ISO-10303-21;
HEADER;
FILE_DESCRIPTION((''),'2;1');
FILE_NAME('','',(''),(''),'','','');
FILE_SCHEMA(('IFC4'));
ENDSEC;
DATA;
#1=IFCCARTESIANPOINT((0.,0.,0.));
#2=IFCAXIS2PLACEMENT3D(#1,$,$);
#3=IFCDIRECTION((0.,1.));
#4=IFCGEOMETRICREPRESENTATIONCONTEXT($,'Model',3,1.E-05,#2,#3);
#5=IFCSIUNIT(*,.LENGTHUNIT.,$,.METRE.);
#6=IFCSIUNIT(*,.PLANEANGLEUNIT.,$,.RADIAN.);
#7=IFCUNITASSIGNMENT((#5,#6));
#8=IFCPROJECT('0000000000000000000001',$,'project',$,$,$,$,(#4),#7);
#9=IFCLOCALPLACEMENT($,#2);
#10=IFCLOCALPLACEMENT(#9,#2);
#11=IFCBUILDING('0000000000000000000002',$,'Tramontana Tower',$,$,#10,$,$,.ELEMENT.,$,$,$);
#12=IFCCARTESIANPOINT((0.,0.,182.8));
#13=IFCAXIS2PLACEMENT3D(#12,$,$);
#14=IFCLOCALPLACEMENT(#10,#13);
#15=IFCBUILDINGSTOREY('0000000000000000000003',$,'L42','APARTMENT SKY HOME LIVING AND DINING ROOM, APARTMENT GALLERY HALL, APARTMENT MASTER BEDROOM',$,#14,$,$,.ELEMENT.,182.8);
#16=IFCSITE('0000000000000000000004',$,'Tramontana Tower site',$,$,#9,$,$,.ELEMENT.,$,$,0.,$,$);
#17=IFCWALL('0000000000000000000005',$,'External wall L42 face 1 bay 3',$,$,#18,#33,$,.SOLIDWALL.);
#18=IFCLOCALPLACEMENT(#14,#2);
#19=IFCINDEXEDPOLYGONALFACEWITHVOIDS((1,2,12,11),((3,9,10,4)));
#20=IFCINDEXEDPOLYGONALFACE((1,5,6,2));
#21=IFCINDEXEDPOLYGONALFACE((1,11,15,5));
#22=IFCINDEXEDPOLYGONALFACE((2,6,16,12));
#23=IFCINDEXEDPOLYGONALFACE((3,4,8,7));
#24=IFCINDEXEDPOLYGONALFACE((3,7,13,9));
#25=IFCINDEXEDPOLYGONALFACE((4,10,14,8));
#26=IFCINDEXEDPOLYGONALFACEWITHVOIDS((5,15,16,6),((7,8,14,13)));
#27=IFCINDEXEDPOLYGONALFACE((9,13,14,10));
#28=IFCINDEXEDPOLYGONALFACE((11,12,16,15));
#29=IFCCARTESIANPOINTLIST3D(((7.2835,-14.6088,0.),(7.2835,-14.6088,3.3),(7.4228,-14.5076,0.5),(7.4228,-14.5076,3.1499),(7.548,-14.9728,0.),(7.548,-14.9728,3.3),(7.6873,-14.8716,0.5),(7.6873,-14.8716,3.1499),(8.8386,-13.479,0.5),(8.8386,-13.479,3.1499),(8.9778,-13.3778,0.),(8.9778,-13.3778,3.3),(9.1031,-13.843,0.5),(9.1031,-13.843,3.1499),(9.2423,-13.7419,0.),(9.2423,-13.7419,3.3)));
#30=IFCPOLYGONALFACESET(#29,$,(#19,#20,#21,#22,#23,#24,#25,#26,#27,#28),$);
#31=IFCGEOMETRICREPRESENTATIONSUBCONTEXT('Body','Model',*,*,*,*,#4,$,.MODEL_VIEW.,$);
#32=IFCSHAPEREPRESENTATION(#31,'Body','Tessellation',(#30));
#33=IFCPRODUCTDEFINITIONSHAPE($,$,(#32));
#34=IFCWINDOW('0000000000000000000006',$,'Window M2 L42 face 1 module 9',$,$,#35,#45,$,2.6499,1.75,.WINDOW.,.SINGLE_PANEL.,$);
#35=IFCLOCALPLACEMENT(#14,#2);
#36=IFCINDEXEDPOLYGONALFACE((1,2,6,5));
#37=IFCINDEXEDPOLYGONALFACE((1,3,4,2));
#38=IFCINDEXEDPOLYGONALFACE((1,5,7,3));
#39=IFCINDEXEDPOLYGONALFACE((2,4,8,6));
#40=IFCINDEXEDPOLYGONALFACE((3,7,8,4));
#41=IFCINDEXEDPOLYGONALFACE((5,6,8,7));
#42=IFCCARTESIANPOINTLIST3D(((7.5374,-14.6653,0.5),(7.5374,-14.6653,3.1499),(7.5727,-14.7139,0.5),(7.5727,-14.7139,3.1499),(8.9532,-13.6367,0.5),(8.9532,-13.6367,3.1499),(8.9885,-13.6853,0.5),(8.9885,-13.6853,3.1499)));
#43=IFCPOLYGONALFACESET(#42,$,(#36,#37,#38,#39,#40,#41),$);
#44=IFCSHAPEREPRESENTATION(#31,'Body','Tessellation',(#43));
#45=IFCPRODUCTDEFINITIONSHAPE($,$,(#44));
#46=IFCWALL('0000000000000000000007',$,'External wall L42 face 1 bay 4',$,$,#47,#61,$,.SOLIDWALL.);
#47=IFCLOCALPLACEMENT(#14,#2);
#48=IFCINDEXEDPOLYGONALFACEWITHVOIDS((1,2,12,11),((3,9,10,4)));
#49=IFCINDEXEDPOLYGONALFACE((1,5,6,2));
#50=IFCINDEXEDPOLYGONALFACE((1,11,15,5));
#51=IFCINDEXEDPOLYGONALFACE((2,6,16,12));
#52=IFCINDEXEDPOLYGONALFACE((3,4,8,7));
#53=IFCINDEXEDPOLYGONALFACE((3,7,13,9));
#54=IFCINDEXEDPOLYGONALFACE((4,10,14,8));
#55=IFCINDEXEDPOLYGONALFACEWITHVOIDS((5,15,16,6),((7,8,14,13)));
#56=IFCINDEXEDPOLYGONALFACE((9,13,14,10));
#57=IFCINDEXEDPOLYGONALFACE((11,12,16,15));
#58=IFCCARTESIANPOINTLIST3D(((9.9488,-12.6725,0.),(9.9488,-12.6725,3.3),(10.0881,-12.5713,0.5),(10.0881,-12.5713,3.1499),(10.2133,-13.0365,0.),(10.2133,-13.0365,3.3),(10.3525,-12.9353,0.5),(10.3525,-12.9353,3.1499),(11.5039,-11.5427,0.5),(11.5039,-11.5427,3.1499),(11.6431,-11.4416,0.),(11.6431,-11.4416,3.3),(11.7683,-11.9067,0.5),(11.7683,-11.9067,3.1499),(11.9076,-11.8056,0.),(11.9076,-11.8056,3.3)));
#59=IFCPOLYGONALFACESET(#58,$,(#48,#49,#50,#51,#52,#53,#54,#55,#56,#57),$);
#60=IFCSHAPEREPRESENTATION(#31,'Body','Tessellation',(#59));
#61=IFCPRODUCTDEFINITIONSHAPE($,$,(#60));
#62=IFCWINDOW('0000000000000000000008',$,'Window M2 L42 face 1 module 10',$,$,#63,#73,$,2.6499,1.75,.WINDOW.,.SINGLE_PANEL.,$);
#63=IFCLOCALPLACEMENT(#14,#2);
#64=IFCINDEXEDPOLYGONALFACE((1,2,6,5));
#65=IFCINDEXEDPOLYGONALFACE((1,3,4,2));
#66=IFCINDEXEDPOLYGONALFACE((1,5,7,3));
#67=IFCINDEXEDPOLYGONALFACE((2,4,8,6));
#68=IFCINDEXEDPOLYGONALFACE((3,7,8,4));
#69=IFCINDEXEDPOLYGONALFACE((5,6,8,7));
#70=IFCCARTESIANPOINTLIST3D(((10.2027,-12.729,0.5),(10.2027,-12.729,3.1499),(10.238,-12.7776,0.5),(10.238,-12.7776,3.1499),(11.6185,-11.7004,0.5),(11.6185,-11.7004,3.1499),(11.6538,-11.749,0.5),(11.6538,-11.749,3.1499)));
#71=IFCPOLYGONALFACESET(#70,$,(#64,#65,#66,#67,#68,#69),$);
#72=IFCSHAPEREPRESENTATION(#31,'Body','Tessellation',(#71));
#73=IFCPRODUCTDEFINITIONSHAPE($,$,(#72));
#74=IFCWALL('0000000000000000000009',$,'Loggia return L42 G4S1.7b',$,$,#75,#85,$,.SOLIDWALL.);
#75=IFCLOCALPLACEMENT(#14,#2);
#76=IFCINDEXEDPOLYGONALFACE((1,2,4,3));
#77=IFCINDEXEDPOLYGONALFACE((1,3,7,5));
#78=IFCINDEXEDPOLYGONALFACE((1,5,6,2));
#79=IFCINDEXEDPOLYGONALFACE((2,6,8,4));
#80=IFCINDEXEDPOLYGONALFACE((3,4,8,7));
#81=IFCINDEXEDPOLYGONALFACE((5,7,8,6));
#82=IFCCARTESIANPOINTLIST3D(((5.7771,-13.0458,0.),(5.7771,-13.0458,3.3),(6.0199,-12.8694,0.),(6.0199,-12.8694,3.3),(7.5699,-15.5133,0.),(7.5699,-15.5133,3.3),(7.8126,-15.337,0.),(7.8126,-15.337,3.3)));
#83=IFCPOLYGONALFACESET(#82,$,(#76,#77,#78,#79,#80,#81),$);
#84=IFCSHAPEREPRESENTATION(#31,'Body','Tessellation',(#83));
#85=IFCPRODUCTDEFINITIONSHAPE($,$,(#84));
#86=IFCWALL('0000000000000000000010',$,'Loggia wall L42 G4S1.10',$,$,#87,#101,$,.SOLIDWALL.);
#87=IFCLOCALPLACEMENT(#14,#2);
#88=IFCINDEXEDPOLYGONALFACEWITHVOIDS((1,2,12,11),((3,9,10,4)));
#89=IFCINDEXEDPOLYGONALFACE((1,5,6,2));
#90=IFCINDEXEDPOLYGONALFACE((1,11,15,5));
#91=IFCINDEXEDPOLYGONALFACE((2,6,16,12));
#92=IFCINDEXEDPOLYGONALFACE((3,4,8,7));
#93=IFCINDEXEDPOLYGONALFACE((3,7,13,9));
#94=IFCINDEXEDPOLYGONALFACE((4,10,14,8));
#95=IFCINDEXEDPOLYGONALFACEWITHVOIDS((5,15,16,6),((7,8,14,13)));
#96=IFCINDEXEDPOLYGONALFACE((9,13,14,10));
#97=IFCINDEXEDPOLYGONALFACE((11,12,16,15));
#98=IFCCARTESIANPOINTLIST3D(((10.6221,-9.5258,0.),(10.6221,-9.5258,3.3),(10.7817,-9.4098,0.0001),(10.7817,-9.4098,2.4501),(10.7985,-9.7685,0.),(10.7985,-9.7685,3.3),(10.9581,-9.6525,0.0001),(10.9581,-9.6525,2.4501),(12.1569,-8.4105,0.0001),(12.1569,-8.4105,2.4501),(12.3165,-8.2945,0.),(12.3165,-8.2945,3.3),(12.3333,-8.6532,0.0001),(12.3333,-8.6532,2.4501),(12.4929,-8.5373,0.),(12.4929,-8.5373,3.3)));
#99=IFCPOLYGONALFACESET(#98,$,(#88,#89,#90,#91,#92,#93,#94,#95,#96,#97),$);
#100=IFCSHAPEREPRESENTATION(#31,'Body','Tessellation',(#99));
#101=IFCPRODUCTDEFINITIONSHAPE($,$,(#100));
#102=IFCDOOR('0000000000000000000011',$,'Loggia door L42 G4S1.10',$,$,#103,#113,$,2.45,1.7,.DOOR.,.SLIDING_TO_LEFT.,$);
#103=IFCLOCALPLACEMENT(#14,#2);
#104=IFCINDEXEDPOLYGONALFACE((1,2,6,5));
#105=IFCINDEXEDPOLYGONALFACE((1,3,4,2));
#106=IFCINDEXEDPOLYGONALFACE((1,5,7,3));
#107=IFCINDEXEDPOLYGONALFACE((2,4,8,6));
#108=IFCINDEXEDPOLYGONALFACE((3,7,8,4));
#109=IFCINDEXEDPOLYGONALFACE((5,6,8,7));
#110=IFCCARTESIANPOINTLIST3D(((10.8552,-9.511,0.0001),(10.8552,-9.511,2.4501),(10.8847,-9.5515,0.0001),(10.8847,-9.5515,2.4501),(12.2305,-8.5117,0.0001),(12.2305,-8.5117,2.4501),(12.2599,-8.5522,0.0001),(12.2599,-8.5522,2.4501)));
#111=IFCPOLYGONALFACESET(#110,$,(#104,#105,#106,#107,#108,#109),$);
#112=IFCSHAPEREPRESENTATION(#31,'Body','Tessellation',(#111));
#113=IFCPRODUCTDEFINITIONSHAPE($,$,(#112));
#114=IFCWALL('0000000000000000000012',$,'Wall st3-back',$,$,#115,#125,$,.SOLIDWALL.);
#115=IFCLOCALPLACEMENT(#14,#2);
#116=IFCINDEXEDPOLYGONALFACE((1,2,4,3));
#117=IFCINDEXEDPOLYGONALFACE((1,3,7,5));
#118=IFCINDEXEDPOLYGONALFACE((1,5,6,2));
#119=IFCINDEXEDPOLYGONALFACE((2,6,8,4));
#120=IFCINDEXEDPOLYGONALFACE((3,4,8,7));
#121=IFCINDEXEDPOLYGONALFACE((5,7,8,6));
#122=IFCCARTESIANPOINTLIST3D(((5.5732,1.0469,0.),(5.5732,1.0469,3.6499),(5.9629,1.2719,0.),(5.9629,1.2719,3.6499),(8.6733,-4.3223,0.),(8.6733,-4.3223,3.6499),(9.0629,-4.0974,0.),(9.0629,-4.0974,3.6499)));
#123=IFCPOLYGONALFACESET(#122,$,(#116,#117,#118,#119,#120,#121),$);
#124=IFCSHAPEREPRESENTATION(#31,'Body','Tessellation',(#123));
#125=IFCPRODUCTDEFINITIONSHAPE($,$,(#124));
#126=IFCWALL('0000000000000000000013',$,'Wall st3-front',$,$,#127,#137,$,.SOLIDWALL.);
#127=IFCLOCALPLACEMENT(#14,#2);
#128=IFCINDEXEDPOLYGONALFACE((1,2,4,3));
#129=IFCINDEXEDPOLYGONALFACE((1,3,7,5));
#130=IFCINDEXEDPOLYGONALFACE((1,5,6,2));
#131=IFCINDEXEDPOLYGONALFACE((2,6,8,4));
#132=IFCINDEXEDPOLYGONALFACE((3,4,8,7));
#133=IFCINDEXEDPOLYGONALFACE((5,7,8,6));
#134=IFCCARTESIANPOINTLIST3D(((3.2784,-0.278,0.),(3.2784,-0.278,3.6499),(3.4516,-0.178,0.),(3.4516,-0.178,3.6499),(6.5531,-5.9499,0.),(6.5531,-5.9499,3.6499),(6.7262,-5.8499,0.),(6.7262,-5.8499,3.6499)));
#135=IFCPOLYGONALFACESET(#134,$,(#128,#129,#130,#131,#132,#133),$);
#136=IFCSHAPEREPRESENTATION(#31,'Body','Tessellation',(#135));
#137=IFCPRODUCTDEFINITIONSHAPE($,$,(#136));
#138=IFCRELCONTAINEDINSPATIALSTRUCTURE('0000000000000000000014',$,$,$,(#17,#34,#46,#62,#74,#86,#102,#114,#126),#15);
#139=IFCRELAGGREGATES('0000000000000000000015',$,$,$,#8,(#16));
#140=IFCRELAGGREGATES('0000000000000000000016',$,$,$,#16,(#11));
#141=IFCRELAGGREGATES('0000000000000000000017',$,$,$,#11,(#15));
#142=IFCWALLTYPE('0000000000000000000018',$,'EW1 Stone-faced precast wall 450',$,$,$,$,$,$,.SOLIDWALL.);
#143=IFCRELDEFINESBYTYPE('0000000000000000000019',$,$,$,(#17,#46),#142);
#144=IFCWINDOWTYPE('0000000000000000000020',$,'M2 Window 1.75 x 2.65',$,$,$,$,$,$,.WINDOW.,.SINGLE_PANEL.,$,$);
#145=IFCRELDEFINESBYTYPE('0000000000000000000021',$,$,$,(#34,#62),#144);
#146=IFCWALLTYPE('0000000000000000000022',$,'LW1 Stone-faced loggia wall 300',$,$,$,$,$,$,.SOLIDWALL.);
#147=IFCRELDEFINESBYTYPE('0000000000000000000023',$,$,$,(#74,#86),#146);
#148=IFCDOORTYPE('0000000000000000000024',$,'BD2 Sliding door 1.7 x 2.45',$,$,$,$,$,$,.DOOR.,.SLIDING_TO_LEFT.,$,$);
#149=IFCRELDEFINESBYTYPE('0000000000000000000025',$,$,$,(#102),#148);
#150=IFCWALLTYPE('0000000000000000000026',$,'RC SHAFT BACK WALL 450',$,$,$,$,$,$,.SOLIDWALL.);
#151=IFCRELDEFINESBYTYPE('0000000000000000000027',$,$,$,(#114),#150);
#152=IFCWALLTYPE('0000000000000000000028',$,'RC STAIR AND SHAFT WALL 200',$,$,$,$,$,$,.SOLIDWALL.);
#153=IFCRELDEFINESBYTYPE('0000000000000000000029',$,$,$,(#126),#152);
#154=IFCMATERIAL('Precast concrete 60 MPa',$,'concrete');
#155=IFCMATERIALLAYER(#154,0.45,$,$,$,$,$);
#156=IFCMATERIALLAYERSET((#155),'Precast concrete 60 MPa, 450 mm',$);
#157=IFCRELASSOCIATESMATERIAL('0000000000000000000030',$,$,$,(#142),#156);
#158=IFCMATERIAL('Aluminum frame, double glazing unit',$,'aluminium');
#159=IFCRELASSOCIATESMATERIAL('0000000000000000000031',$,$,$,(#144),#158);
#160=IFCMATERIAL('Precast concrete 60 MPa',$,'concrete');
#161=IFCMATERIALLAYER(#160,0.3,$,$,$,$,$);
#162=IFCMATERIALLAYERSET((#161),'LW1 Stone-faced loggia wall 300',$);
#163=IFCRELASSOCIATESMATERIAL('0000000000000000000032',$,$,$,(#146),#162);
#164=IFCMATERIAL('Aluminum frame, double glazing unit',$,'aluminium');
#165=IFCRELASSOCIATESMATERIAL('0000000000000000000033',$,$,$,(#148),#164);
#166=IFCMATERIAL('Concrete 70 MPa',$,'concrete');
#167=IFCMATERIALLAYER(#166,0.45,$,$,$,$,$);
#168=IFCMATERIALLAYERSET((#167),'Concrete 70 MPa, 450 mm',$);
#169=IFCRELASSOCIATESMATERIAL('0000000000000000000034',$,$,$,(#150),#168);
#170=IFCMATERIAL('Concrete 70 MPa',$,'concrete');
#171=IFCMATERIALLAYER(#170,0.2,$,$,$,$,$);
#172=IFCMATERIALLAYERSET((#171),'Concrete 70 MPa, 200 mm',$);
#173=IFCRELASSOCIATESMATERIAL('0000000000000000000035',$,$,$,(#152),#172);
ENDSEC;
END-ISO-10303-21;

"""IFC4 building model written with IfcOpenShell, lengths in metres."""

from ifc_helpers import new_model, si_unit, direction, frame, frame_2d, origin, place, context, subcontext, project, spatial, rectangle, extrude, material, layer, layer_set, type_object, element, fill, save


model = new_model("IFC4")

# Units and contexts
model_context = context("Model", 3, precision=1e-05, world=origin(), true_north=direction((0.0, 1.0)))
body_context = subcontext(model_context, "Body", "Model", "MODEL_VIEW")
ifc_project = project(units=[si_unit("LENGTHUNIT", "METRE"), si_unit("PLANEANGLEUNIT", "RADIAN")], contexts=[model_context])

# Site, building, storey
site_placement = place(None, origin())
site = spatial("IfcSite", under=ifc_project, at=site_placement, Name="Tramontana Tower site", CompositionType="ELEMENT", RefElevation=0.0)
building_placement = place(site_placement, origin())
building = spatial("IfcBuilding", under=site, at=building_placement, Name="Tramontana Tower", CompositionType="ELEMENT")
storey_placement = place(building_placement, frame((0.0, 0.0, 182.8)))
storey = spatial("IfcBuildingStorey", under=building, at=storey_placement, Name="L42", Description="APARTMENT SKY HOME LIVING AND DINING ROOM, APARTMENT GALLERY HALL, APARTMENT MASTER BEDROOM", CompositionType="ELEMENT", Elevation=182.8)

# Walls, openings, windows
ifc_material_1 = material(Name="Precast concrete 60 MPa", Category="concrete")
ifc_layer_1 = layer(ifc_material_1, 0.45)
ifc_layer_set_1 = layer_set([ifc_layer_1], Name="Precast concrete 60 MPa, 450 mm")
wall_type_1 = type_object("IfcWallType", Name="EW1 Stone-faced precast wall 450", PredefinedType="SOLIDWALL", material=ifc_layer_set_1)
wall_1_placement = place(storey_placement, frame((7.4158, -14.7908, 0.0), z_axis=(0.0, 0.0, 1.0), x_axis=(0.809028, 0.58777, 0.0)))
wall_1 = element("IfcWall", 1, at=wall_1_placement, inside=storey, type_object=wall_type_1, Name="External wall L42 face 1 bay 3", PredefinedType="SOLIDWALL", context=body_context, shape_type="SweptSolid", body=[
    extrude(rectangle(XDim=2.0942, YDim=0.45, at=frame_2d((1.0471, 0.0))), origin(), (0.0, 0.0, 1.0), 3.3),
])
opening_1_placement = place(wall_1_placement, frame((0.1721, 0.0, 0.5)))
opening_1 = element("IfcOpeningElement", 2, at=opening_1_placement, cuts=wall_1, PredefinedType="OPENING", context=body_context, shape_type="SweptSolid", body=[
    extrude(rectangle(XDim=1.75, YDim=2.6499, at=frame_2d((0.875, 1.325))), frame((0.0, 0.2349, 0.0), z_axis=(0.0, -1.0, 0.0), x_axis=(1.0, 0.0, 0.0)), (0.0, 0.0, 1.0), 0.47),
])
ifc_material_2 = material(Name="Aluminum frame, double glazing unit", Category="aluminium")
window_type = type_object("IfcWindowType", Name="M2 Window 1.75 x 2.65", PartitioningType="SINGLE_PANEL", PredefinedType="WINDOW", material=ifc_material_2)
window_1_placement = place(opening_1_placement, origin())
window_1 = element("IfcWindow", 3, at=window_1_placement, inside=storey, type_object=window_type, Name="Window M2 L42 face 1 module 9", OverallHeight=2.6499, OverallWidth=1.75, PartitioningType="SINGLE_PANEL", PredefinedType="WINDOW", context=body_context, shape_type="SweptSolid", body=[
    extrude(rectangle(XDim=1.75, YDim=2.6499, at=frame_2d((0.875, 1.325))), frame((0.0, 0.03, 0.0), z_axis=(0.0, -1.0, 0.0), x_axis=(1.0, 0.0, 0.0)), (0.0, 0.0, 1.0), 0.0601),
])
fill(opening_1, window_1)
wall_2_placement = place(storey_placement, frame((10.0811, -12.8545, 0.0), z_axis=(0.0, 0.0, 1.0), x_axis=(0.809028, 0.58777, 0.0)))
wall_2 = element("IfcWall", 4, at=wall_2_placement, inside=storey, type_object=wall_type_1, Name="External wall L42 face 1 bay 4", PredefinedType="SOLIDWALL", context=body_context, shape_type="SweptSolid", body=[
    extrude(rectangle(XDim=2.0942, YDim=0.45, at=frame_2d((1.0471, 0.0))), origin(), (0.0, 0.0, 1.0), 3.3),
])
opening_2_placement = place(wall_2_placement, frame((0.1721, 0.0, 0.5)))
opening_2 = element("IfcOpeningElement", 5, at=opening_2_placement, cuts=wall_2, PredefinedType="OPENING", context=body_context, shape_type="SweptSolid", body=[
    extrude(rectangle(XDim=1.75, YDim=2.6499, at=frame_2d((0.875, 1.325))), frame((0.0, 0.2349, 0.0), z_axis=(0.0, -1.0, 0.0), x_axis=(1.0, 0.0, 0.0)), (0.0, 0.0, 1.0), 0.47),
])
window_2_placement = place(opening_2_placement, origin())
window_2 = element("IfcWindow", 6, at=window_2_placement, inside=storey, type_object=window_type, Name="Window M2 L42 face 1 module 10", OverallHeight=2.6499, OverallWidth=1.75, PartitioningType="SINGLE_PANEL", PredefinedType="WINDOW", context=body_context, shape_type="SweptSolid", body=[
    extrude(rectangle(XDim=1.75, YDim=2.6499, at=frame_2d((0.875, 1.325))), frame((0.0, 0.03, 0.0), z_axis=(0.0, -1.0, 0.0), x_axis=(1.0, 0.0, 0.0)), (0.0, 0.0, 1.0), 0.0601),
])
fill(opening_2, window_2)

# Wall
ifc_material_3 = material(Name="Precast concrete 60 MPa", Category="concrete")
ifc_layer_2 = layer(ifc_material_3, 0.3)
ifc_layer_set_2 = layer_set([ifc_layer_2], Name="LW1 Stone-faced loggia wall 300")
wall_type_2 = type_object("IfcWallType", Name="LW1 Stone-faced loggia wall 300", PredefinedType="SOLIDWALL", material=ifc_layer_set_2)
wall_3_placement = place(storey_placement, frame((7.6912, -15.425, 0.0), z_axis=(0.0, 0.0, 1.0), x_axis=(-0.587777, 0.809023, 0.0)))
element("IfcWall", 7, at=wall_3_placement, inside=storey, type_object=wall_type_2, Name="Loggia return L42 G4S1.7b", PredefinedType="SOLIDWALL", context=body_context, shape_type="SweptSolid", body=[
    extrude(rectangle(XDim=3.05, YDim=0.3, at=frame_2d((1.5249, 0.0))), origin(), (0.0, 0.0, 1.0), 3.3),
])

# Wall, opening, door
wall_4_placement = place(storey_placement, frame((10.7102, -9.6472, 0.0), z_axis=(0.0, 0.0, 1.0), x_axis=(0.808973, 0.587846, 0.0)))
wall_4 = element("IfcWall", 8, at=wall_4_placement, inside=storey, type_object=wall_type_2, Name="Loggia wall L42 G4S1.10", PredefinedType="SOLIDWALL", context=body_context, shape_type="SweptSolid", body=[
    extrude(rectangle(XDim=2.0945, YDim=0.3, at=frame_2d((1.0474, 0.0))), origin(), (0.0, 0.0, 1.0), 3.3),
])
opening_3_placement = place(wall_4_placement, frame((0.1973, 0.0, 0.0)))
opening_3 = element("IfcOpeningElement", 9, at=opening_3_placement, cuts=wall_4, PredefinedType="OPENING", context=body_context, shape_type="SweptSolid", body=[
    extrude(rectangle(XDim=1.7, YDim=2.45, at=frame_2d((0.8501, 1.2251))), frame((0.0, 0.1599, 0.0), z_axis=(0.0, -1.0, 0.0), x_axis=(1.0, 0.0, 0.0)), (0.0, 0.0, 1.0), 0.3201),
])
ifc_material_4 = material(Name="Aluminum frame, double glazing unit", Category="aluminium")
door_type_1 = type_object("IfcDoorType", Name="BD2 Sliding door 1.7 x 2.45", OperationType="SLIDING_TO_LEFT", PredefinedType="DOOR", material=ifc_material_4)
door_1_placement = place(opening_3_placement, origin())
door_1 = element("IfcDoor", 10, at=door_1_placement, inside=storey, type_object=door_type_1, Name="Loggia door L42 G4S1.10", OperationType="SLIDING_TO_LEFT", OverallHeight=2.45, OverallWidth=1.7, PredefinedType="DOOR", context=body_context, shape_type="SweptSolid", body=[
    extrude(rectangle(XDim=1.7, YDim=2.45, at=frame_2d((0.8501, 1.2251))), frame((0.0, 0.0249, 0.0), z_axis=(0.0, -1.0, 0.0), x_axis=(1.0, 0.0, 0.0)), (0.0, 0.0, 1.0), 0.05),
])
fill(opening_3, door_1)

# Walls
ifc_material_5 = material(Name="Concrete 70 MPa", Category="concrete")
ifc_layer_3 = layer(ifc_material_5, 0.45)
ifc_layer_set_3 = layer_set([ifc_layer_3], Name="Concrete 70 MPa, 450 mm")
wall_type_3 = type_object("IfcWallType", Name="RC SHAFT BACK WALL 450", PredefinedType="SOLIDWALL", material=ifc_layer_set_3)
wall_5_placement = place(storey_placement, frame((8.8682, -4.21, 0.0), z_axis=(0.0, 0.0, 1.0), x_axis=(-0.50001, 0.86602, 0.0)))
element("IfcWall", 11, at=wall_5_placement, inside=storey, type_object=wall_type_3, Name="Wall st3-back", PredefinedType="SOLIDWALL", context=body_context, shape_type="SweptSolid", body=[
    extrude(rectangle(XDim=6.2, YDim=0.45, at=frame_2d((3.1001, 0.0))), origin(), (0.0, 0.0, 1.0), 3.6499),
])
ifc_material_6 = material(Name="Concrete 70 MPa", Category="concrete")
ifc_layer_4 = layer(ifc_material_6, 0.2)
ifc_layer_set_4 = layer_set([ifc_layer_4], Name="Concrete 70 MPa, 200 mm")
wall_type_4 = type_object("IfcWallType", Name="RC STAIR AND SHAFT WALL 200", PredefinedType="SOLIDWALL", material=ifc_layer_set_4)
wall_6_placement = place(storey_placement, frame((6.6396, -5.8999, 0.0), z_axis=(0.0, 0.0, 1.0), x_axis=(-0.5, 0.866025, 0.0)))
element("IfcWall", 12, at=wall_6_placement, inside=storey, type_object=wall_type_4, Name="Wall st3-front", PredefinedType="SOLIDWALL", context=body_context, shape_type="SweptSolid", body=[
    extrude(rectangle(XDim=6.5493, YDim=0.2, at=frame_2d((3.2747, 0.0))), origin(), (0.0, 0.0, 1.0), 3.6499),
])

save(model, "model.ifc")
